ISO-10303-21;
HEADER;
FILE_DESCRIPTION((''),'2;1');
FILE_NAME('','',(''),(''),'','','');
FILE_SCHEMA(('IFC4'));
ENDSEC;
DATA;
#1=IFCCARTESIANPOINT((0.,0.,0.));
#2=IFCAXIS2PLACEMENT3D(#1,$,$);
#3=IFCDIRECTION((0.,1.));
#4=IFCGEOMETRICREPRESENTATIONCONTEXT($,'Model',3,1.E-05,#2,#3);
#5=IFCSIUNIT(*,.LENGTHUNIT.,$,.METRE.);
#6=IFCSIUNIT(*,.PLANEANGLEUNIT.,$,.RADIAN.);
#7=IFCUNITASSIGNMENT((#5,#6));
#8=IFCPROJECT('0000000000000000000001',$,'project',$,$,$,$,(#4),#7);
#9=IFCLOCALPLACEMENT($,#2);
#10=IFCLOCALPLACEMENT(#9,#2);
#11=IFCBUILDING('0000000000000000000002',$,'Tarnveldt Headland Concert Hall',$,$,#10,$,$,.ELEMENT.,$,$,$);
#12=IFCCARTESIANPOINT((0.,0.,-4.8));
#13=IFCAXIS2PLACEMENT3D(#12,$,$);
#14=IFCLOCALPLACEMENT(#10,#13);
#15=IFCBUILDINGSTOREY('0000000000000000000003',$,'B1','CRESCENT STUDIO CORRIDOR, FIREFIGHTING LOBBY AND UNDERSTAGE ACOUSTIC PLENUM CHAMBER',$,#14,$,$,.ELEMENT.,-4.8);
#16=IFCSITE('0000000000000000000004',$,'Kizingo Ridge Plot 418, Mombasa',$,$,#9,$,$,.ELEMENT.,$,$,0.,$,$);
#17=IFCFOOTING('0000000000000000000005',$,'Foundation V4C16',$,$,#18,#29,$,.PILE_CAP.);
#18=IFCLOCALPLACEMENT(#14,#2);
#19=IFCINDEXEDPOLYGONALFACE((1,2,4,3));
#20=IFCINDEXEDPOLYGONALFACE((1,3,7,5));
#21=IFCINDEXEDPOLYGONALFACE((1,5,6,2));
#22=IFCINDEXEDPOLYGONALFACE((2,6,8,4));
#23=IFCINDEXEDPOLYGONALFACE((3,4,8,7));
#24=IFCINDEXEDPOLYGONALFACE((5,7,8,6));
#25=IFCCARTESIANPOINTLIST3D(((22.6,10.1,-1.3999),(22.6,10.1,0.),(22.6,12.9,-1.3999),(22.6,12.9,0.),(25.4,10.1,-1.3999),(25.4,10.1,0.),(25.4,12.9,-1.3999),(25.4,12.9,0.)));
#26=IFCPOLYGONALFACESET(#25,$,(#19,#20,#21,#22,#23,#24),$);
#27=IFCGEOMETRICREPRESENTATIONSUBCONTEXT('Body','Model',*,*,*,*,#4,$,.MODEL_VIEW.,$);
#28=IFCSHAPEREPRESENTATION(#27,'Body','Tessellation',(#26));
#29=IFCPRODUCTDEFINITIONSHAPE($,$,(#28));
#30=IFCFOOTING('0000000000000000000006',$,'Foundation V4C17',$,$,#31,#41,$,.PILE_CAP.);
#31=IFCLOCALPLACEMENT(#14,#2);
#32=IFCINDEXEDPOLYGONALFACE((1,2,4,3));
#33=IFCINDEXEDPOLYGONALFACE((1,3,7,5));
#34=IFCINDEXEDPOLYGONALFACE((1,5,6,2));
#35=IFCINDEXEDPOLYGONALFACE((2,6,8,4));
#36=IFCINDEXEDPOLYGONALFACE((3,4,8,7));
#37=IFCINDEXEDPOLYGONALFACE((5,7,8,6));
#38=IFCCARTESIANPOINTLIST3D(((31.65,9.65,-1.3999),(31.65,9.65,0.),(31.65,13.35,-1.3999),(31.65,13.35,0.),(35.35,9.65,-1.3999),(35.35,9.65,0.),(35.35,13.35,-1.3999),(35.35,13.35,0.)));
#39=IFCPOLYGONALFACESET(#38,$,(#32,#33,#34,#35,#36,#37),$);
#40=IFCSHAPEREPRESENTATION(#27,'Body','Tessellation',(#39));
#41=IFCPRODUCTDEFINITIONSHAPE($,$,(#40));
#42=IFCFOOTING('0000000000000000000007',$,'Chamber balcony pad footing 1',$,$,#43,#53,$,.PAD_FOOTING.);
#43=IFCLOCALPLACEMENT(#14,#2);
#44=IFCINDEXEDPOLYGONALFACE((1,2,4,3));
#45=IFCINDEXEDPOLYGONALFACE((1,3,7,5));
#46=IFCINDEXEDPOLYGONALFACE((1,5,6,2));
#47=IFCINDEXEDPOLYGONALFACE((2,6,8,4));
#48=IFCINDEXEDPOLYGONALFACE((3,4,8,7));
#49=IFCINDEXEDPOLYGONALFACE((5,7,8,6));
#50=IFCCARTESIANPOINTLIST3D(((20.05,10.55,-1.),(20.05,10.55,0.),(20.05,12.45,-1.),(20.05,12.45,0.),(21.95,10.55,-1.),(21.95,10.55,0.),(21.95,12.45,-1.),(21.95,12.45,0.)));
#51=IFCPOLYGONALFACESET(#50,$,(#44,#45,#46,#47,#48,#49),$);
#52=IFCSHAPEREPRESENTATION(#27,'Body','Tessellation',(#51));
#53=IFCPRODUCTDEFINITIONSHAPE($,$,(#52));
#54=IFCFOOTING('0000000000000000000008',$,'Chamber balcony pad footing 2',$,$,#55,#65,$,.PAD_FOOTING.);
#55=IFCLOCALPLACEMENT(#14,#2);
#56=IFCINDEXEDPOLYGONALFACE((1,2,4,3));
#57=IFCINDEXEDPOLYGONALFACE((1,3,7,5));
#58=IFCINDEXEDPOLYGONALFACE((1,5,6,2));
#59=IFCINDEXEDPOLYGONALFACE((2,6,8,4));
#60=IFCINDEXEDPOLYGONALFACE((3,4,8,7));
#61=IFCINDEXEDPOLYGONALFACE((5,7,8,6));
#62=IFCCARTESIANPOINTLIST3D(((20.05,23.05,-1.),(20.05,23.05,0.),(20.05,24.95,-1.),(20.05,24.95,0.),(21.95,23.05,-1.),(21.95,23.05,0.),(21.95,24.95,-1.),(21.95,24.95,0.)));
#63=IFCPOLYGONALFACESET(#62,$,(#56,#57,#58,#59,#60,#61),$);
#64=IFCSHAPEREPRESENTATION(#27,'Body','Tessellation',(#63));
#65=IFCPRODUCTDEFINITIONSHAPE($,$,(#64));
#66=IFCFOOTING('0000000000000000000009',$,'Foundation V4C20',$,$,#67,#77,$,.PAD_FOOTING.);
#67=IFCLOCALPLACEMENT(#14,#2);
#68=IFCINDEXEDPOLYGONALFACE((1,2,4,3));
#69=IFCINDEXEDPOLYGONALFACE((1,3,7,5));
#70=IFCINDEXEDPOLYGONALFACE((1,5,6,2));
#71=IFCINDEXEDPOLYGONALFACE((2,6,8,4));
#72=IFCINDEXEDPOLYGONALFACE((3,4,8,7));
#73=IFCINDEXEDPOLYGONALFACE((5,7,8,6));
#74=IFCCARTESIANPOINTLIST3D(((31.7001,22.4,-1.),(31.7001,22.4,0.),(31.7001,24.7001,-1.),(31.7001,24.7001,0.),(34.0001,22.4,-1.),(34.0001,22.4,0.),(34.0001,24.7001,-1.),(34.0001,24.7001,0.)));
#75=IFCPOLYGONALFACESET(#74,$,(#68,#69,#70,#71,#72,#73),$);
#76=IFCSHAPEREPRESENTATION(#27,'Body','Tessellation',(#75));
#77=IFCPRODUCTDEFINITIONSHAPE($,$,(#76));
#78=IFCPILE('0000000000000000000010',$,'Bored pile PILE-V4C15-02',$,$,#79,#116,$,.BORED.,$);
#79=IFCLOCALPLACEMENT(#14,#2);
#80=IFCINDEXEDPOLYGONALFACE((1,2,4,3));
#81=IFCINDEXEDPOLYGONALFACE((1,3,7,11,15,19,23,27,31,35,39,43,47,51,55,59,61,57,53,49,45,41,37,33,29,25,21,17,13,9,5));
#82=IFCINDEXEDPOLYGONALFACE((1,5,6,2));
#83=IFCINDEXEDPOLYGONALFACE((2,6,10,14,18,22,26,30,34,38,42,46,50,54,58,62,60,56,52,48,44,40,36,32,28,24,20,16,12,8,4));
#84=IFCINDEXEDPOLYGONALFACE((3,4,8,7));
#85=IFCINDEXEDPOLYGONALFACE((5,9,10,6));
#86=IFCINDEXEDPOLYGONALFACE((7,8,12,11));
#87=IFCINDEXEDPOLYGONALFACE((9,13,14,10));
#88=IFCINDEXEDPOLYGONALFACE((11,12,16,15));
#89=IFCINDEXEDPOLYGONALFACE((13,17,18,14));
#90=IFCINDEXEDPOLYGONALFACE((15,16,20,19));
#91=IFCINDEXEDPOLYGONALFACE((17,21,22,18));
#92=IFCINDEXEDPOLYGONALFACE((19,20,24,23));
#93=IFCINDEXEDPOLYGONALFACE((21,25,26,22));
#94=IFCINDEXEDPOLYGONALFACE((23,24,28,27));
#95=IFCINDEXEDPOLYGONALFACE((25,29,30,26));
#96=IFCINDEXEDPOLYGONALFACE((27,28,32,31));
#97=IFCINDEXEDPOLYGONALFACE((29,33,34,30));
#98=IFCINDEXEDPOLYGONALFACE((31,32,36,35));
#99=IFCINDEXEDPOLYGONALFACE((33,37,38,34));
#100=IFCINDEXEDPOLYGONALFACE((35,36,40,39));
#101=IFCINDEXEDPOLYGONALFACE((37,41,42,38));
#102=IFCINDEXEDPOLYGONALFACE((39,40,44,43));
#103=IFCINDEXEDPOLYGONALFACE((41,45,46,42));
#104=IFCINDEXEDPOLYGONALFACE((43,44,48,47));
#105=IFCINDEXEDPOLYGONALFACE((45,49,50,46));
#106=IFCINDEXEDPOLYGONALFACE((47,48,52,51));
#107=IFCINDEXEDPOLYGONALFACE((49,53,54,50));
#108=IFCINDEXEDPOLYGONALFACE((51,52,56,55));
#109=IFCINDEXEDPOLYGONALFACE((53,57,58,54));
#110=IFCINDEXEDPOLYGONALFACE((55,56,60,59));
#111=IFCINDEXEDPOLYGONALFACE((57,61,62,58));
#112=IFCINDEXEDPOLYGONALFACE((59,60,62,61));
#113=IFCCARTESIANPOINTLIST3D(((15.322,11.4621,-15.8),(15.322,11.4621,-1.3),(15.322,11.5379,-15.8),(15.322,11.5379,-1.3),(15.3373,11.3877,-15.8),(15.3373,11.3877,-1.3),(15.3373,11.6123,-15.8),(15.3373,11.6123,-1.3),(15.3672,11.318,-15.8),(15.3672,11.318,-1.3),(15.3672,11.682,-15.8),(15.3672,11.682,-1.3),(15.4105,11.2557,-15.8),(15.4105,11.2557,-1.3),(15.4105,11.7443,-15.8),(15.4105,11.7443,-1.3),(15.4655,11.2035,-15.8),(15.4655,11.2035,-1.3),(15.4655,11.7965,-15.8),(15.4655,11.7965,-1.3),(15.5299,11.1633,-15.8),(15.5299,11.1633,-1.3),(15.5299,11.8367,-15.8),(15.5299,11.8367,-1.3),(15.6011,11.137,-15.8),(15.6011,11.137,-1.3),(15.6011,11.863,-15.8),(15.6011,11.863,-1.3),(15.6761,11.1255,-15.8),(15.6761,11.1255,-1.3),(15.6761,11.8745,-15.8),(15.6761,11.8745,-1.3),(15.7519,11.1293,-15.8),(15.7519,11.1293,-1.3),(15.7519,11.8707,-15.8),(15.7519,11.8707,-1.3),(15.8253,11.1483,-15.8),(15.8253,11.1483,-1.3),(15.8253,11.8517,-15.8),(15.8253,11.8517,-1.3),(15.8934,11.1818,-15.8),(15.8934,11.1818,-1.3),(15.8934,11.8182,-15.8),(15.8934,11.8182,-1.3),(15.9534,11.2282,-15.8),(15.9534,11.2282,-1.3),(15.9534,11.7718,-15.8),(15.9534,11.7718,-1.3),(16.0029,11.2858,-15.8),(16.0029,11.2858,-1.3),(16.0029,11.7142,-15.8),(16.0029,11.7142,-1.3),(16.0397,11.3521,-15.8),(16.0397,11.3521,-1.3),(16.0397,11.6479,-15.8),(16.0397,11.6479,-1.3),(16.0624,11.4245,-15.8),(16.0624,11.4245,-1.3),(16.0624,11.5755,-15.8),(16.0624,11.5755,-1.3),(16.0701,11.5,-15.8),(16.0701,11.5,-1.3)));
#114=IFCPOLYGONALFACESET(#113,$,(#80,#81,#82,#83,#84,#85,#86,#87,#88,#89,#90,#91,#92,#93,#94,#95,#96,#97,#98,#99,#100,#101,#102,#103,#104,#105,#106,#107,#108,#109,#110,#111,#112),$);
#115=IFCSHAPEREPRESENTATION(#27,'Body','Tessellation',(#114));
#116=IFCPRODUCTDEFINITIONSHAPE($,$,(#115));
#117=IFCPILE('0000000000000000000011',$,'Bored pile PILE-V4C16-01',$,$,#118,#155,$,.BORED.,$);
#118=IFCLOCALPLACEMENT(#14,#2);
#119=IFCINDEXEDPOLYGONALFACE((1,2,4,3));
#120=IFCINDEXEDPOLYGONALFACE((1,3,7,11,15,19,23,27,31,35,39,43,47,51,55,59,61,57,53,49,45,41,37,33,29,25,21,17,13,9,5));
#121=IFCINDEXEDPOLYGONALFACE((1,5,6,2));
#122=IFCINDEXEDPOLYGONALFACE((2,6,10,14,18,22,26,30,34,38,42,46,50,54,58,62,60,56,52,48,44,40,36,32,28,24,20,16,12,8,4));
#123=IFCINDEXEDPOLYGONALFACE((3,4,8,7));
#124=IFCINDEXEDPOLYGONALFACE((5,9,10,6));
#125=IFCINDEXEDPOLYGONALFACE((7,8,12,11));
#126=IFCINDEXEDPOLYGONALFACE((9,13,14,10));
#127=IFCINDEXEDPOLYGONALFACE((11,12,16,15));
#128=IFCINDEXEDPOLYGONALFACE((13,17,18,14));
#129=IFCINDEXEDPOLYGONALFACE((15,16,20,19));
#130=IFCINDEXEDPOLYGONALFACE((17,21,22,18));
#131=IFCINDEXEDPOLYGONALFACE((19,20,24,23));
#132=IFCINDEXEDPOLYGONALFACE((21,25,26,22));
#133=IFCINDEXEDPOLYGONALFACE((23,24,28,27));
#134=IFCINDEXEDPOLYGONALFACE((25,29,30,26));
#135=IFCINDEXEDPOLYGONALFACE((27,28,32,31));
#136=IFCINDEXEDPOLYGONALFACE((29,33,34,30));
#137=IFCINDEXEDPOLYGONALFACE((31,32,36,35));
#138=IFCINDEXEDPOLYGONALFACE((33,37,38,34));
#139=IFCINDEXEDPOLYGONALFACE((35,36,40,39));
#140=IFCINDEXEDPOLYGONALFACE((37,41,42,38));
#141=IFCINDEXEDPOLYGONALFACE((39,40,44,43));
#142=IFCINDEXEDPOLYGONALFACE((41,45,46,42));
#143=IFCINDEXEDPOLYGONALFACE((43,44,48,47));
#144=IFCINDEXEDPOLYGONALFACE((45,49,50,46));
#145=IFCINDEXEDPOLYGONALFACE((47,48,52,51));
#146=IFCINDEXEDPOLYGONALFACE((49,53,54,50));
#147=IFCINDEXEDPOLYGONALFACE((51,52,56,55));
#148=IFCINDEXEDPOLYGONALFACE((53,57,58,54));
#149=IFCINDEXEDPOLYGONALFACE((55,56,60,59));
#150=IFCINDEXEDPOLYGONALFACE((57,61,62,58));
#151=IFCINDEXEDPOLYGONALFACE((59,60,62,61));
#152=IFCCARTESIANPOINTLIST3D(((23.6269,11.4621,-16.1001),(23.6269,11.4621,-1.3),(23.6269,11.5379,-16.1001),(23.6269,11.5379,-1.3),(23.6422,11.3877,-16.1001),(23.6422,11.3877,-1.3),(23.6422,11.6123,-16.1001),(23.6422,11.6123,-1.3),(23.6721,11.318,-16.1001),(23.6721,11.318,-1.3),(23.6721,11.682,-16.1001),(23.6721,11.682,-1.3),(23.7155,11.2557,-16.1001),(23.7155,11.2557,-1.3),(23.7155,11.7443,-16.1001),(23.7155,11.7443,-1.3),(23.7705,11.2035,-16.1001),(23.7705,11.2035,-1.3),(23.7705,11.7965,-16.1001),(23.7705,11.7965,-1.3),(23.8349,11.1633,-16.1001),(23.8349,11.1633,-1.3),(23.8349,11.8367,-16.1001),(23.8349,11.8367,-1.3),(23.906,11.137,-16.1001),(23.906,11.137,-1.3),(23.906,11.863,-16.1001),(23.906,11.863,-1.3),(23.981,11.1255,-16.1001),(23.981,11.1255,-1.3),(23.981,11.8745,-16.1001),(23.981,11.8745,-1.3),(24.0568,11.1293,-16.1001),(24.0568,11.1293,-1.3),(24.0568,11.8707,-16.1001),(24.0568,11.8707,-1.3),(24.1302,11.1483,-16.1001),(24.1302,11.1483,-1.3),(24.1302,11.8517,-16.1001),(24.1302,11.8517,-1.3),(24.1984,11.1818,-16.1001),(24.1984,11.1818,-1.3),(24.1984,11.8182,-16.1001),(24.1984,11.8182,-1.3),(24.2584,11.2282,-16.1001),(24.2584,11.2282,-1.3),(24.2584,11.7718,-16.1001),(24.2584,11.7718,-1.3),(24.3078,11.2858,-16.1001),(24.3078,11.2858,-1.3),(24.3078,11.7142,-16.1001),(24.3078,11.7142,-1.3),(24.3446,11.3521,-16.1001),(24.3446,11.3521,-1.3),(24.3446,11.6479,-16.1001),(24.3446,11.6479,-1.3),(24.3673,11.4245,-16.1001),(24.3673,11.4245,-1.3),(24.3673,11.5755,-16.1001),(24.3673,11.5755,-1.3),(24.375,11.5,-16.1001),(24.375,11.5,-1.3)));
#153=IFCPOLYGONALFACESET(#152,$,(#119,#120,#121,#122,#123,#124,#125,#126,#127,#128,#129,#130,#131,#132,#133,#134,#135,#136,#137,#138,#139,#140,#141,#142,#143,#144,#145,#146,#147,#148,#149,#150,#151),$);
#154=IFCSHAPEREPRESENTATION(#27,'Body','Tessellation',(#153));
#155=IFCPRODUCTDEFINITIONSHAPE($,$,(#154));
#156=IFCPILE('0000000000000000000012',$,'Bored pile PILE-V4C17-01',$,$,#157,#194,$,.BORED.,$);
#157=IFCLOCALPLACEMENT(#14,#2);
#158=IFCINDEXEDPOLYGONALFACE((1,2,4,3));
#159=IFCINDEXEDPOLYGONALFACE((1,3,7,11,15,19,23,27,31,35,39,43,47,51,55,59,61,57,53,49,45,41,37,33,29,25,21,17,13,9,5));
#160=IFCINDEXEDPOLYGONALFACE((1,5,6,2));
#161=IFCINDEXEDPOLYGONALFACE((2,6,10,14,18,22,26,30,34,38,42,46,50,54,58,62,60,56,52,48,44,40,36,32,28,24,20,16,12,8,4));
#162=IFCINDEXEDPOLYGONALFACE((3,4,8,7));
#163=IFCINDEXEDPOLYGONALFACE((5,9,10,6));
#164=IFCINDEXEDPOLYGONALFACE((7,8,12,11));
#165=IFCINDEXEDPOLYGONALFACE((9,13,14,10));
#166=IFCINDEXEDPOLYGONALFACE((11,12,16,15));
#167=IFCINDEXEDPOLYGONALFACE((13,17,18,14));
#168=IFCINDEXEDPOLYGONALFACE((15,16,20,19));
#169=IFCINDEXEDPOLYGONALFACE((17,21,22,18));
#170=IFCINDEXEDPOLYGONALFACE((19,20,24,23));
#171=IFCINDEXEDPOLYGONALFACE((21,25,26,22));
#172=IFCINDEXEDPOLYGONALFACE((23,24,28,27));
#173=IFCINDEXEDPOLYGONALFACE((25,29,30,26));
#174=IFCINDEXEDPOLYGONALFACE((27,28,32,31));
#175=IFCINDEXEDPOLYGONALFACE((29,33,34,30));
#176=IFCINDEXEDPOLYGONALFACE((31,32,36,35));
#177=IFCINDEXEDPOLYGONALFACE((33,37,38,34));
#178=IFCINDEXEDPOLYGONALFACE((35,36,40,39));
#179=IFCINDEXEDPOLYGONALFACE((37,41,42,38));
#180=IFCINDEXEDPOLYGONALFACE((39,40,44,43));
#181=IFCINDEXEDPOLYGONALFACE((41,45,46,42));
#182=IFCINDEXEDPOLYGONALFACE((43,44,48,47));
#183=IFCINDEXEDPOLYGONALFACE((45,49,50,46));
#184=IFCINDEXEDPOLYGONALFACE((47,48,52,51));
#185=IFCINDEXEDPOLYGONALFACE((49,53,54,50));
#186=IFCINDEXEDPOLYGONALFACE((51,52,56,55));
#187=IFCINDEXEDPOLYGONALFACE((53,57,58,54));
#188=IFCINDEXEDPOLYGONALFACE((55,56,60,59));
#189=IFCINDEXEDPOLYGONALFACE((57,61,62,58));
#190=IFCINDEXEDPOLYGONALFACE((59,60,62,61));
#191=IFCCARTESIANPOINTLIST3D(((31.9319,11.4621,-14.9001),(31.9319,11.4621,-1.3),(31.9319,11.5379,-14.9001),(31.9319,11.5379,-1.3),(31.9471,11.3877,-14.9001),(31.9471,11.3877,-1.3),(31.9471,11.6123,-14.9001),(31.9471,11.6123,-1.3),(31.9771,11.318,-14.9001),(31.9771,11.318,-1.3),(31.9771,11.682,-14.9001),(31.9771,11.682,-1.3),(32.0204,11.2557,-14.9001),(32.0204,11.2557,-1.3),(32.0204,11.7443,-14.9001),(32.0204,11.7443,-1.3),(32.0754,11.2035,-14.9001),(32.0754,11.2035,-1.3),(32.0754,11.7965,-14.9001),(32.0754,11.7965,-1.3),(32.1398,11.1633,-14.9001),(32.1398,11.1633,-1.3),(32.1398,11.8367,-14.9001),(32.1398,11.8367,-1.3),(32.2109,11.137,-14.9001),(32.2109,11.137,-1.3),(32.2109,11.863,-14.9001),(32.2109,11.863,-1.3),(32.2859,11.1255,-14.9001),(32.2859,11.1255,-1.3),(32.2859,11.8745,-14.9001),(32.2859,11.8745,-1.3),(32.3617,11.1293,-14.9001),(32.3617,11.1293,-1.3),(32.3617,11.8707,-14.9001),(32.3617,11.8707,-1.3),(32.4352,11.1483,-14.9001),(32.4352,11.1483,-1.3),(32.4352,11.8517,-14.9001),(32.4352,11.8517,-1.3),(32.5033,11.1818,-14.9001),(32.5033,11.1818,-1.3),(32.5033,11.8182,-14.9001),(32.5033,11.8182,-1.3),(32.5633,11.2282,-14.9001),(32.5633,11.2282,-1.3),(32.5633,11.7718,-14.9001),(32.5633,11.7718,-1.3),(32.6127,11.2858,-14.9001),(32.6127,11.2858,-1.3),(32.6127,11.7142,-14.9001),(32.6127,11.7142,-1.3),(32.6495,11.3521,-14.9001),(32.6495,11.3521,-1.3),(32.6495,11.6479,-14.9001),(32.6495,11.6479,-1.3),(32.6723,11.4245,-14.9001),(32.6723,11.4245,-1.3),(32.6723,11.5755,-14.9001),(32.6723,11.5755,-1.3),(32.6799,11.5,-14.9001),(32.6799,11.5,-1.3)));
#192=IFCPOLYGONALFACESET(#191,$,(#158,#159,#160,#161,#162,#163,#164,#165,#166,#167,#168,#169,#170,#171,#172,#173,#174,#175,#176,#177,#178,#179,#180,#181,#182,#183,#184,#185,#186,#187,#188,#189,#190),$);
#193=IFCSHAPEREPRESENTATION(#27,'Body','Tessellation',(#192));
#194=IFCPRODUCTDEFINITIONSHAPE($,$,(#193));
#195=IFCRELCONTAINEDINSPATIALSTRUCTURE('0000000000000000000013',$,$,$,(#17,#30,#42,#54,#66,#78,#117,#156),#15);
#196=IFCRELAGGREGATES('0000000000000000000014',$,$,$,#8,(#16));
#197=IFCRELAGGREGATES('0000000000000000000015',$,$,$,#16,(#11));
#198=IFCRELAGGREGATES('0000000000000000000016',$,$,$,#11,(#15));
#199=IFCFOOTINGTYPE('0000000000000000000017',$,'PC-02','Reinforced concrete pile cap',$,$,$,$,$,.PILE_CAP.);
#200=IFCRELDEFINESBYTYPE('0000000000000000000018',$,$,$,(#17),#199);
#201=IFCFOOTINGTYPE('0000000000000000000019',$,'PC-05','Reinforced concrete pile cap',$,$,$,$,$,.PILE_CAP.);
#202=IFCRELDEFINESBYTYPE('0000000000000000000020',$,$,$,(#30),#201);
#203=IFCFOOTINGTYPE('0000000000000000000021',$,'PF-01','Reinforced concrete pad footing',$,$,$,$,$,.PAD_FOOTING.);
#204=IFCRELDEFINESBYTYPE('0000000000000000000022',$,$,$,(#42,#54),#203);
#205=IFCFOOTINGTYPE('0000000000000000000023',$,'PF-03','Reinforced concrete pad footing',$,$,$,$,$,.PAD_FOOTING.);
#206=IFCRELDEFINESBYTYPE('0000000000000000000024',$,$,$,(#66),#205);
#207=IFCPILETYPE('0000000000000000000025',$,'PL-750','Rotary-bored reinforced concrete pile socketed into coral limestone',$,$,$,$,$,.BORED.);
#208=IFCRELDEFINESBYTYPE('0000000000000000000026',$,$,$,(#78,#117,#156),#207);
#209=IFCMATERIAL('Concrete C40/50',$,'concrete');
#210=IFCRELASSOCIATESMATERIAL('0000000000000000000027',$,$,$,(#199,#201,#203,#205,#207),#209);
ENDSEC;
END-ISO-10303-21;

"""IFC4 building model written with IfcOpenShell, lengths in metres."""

from ifc_helpers import new_model, si_unit, direction, frame, origin, origin_2d, place, context, subcontext, project, spatial, rectangle, circle, extrude, material, material_profile, profile_set, type_object, element, save


model = new_model("IFC4")

# Units and contexts
model_context = context("Model", 3, precision=1e-05, world=origin(), true_north=direction((0.0, 1.0)))
body_context = subcontext(model_context, "Body", "Model", "MODEL_VIEW")
ifc_project = project(units=[si_unit("LENGTHUNIT", "METRE"), si_unit("PLANEANGLEUNIT", "RADIAN")], contexts=[model_context])

# Site, building, storey
site_placement = place(None, origin())
site = spatial("IfcSite", under=ifc_project, at=site_placement, Name="Kizingo Ridge Plot 418, Mombasa", CompositionType="ELEMENT", RefElevation=0.0)
building_placement = place(site_placement, origin())
building = spatial("IfcBuilding", under=site, at=building_placement, Name="Tarnveldt Headland Concert Hall", CompositionType="ELEMENT")
storey_placement = place(building_placement, frame((0.0, 0.0, -4.8)))
storey = spatial("IfcBuildingStorey", under=building, at=storey_placement, Name="B1", Description="CRESCENT STUDIO CORRIDOR, FIREFIGHTING LOBBY AND UNDERSTAGE ACOUSTIC PLENUM CHAMBER", CompositionType="ELEMENT", Elevation=-4.8)

# Footings
ifc_material_1 = material(Name="Concrete C40/50", Category="concrete")
footing_type_1 = type_object("IfcFootingType", Name="PC-02", Description="Reinforced concrete pile cap", PredefinedType="PILE_CAP", material=ifc_material_1)
footing_1_placement = place(storey_placement, frame((24.0, 11.5, -1.3999), z_axis=(0.0, 0.0, 1.0), x_axis=(1.0, 0.0, 0.0)))
element("IfcFooting", 1, at=footing_1_placement, inside=storey, type_object=footing_type_1, Name="Foundation V4C16", PredefinedType="PILE_CAP", context=body_context, shape_type="SweptSolid", body=[
    extrude(rectangle(XDim=2.8, YDim=2.8, at=origin_2d()), origin(), (0.0, 0.0, 1.0), 1.3999),
])
footing_type_2 = type_object("IfcFootingType", Name="PC-05", Description="Reinforced concrete pile cap", PredefinedType="PILE_CAP", material=ifc_material_1)
footing_2_placement = place(storey_placement, frame((33.5, 11.5, -1.3999), z_axis=(0.0, 0.0, 1.0), x_axis=(1.0, 0.0, 0.0)))
element("IfcFooting", 2, at=footing_2_placement, inside=storey, type_object=footing_type_2, Name="Foundation V4C17", PredefinedType="PILE_CAP", context=body_context, shape_type="SweptSolid", body=[
    extrude(rectangle(XDim=3.7, YDim=3.7, at=origin_2d()), origin(), (0.0, 0.0, 1.0), 1.3999),
])
footing_type_3 = type_object("IfcFootingType", Name="PF-01", Description="Reinforced concrete pad footing", PredefinedType="PAD_FOOTING", material=ifc_material_1)
for number, where, z_axis, x_axis, name in (
    (3, (21.0, 11.5, -1.0), (0.0, 0.0, 1.0), (1.0, 0.0, 0.0), "Chamber balcony pad footing 1"),
    (4, (21.0, 24.0, -1.0), (0.0, 0.0, 1.0), (1.0, 0.0, 0.0), "Chamber balcony pad footing 2"),
):
    element("IfcFooting", number, at=place(storey_placement, frame(where, z_axis=z_axis, x_axis=x_axis)), inside=storey, type_object=footing_type_3, Name=name, PredefinedType="PAD_FOOTING", context=body_context, shape_type="SweptSolid", body=[
        extrude(rectangle(XDim=1.8999, YDim=1.8999, at=origin_2d()), origin(), (0.0, 0.0, 1.0), 1.0),
    ])
footing_type_4 = type_object("IfcFootingType", Name="PF-03", Description="Reinforced concrete pad footing", PredefinedType="PAD_FOOTING", material=ifc_material_1)
footing_3_placement = place(storey_placement, frame((32.8501, 23.55, -1.0), z_axis=(0.0, 0.0, 1.0), x_axis=(1.0, 0.0, 0.0)))
element("IfcFooting", 5, at=footing_3_placement, inside=storey, type_object=footing_type_4, Name="Foundation V4C20", PredefinedType="PAD_FOOTING", context=body_context, shape_type="SweptSolid", body=[
    extrude(rectangle(XDim=2.3, YDim=2.3, at=origin_2d()), origin(), (0.0, 0.0, 1.0), 1.0),
])

# Piles
ifc_material_profile_1 = material_profile(ifc_material_1, circle(Radius=0.375, at=origin_2d()), Name="BORED PILE D750", Category="concrete")
ifc_profile_set_1 = profile_set([ifc_material_profile_1], Name="Concrete C40/50")
pile_type = type_object("IfcPileType", Name="PL-750", Description="Rotary-bored reinforced concrete pile socketed into coral limestone", PredefinedType="BORED", material=ifc_profile_set_1)
pile_1_placement = place(storey_placement, frame((15.6951, 11.5, -1.3), z_axis=(0.0, 0.0, -1.0), x_axis=(1.0, 0.0, 0.0)))
element("IfcPile", 6, at=pile_1_placement, inside=storey, type_object=pile_type, Name="Bored pile PILE-V4C15-02", PredefinedType="BORED", context=body_context, shape_type="SweptSolid", body=[
    extrude(circle(Radius=0.375, at=origin_2d()), origin(), (0.0, 0.0, 1.0), 14.5),
])
pile_2_placement = place(storey_placement, frame((24.0, 11.5, -1.3), z_axis=(0.0, 0.0, -1.0), x_axis=(1.0, 0.0, 0.0)))
element("IfcPile", 7, at=pile_2_placement, inside=storey, type_object=pile_type, Name="Bored pile PILE-V4C16-01", PredefinedType="BORED", context=body_context, shape_type="SweptSolid", body=[
    extrude(circle(Radius=0.375, at=origin_2d()), origin(), (0.0, 0.0, 1.0), 14.8),
])
pile_3_placement = place(storey_placement, frame((32.3049, 11.5, -1.3), z_axis=(0.0, 0.0, -1.0), x_axis=(1.0, 0.0, 0.0)))
element("IfcPile", 8, at=pile_3_placement, inside=storey, type_object=pile_type, Name="Bored pile PILE-V4C17-01", PredefinedType="BORED", context=body_context, shape_type="SweptSolid", body=[
    extrude(circle(Radius=0.375, at=origin_2d()), origin(), (0.0, 0.0, 1.0), 13.6001),
])

save(model, "model.ifc")
